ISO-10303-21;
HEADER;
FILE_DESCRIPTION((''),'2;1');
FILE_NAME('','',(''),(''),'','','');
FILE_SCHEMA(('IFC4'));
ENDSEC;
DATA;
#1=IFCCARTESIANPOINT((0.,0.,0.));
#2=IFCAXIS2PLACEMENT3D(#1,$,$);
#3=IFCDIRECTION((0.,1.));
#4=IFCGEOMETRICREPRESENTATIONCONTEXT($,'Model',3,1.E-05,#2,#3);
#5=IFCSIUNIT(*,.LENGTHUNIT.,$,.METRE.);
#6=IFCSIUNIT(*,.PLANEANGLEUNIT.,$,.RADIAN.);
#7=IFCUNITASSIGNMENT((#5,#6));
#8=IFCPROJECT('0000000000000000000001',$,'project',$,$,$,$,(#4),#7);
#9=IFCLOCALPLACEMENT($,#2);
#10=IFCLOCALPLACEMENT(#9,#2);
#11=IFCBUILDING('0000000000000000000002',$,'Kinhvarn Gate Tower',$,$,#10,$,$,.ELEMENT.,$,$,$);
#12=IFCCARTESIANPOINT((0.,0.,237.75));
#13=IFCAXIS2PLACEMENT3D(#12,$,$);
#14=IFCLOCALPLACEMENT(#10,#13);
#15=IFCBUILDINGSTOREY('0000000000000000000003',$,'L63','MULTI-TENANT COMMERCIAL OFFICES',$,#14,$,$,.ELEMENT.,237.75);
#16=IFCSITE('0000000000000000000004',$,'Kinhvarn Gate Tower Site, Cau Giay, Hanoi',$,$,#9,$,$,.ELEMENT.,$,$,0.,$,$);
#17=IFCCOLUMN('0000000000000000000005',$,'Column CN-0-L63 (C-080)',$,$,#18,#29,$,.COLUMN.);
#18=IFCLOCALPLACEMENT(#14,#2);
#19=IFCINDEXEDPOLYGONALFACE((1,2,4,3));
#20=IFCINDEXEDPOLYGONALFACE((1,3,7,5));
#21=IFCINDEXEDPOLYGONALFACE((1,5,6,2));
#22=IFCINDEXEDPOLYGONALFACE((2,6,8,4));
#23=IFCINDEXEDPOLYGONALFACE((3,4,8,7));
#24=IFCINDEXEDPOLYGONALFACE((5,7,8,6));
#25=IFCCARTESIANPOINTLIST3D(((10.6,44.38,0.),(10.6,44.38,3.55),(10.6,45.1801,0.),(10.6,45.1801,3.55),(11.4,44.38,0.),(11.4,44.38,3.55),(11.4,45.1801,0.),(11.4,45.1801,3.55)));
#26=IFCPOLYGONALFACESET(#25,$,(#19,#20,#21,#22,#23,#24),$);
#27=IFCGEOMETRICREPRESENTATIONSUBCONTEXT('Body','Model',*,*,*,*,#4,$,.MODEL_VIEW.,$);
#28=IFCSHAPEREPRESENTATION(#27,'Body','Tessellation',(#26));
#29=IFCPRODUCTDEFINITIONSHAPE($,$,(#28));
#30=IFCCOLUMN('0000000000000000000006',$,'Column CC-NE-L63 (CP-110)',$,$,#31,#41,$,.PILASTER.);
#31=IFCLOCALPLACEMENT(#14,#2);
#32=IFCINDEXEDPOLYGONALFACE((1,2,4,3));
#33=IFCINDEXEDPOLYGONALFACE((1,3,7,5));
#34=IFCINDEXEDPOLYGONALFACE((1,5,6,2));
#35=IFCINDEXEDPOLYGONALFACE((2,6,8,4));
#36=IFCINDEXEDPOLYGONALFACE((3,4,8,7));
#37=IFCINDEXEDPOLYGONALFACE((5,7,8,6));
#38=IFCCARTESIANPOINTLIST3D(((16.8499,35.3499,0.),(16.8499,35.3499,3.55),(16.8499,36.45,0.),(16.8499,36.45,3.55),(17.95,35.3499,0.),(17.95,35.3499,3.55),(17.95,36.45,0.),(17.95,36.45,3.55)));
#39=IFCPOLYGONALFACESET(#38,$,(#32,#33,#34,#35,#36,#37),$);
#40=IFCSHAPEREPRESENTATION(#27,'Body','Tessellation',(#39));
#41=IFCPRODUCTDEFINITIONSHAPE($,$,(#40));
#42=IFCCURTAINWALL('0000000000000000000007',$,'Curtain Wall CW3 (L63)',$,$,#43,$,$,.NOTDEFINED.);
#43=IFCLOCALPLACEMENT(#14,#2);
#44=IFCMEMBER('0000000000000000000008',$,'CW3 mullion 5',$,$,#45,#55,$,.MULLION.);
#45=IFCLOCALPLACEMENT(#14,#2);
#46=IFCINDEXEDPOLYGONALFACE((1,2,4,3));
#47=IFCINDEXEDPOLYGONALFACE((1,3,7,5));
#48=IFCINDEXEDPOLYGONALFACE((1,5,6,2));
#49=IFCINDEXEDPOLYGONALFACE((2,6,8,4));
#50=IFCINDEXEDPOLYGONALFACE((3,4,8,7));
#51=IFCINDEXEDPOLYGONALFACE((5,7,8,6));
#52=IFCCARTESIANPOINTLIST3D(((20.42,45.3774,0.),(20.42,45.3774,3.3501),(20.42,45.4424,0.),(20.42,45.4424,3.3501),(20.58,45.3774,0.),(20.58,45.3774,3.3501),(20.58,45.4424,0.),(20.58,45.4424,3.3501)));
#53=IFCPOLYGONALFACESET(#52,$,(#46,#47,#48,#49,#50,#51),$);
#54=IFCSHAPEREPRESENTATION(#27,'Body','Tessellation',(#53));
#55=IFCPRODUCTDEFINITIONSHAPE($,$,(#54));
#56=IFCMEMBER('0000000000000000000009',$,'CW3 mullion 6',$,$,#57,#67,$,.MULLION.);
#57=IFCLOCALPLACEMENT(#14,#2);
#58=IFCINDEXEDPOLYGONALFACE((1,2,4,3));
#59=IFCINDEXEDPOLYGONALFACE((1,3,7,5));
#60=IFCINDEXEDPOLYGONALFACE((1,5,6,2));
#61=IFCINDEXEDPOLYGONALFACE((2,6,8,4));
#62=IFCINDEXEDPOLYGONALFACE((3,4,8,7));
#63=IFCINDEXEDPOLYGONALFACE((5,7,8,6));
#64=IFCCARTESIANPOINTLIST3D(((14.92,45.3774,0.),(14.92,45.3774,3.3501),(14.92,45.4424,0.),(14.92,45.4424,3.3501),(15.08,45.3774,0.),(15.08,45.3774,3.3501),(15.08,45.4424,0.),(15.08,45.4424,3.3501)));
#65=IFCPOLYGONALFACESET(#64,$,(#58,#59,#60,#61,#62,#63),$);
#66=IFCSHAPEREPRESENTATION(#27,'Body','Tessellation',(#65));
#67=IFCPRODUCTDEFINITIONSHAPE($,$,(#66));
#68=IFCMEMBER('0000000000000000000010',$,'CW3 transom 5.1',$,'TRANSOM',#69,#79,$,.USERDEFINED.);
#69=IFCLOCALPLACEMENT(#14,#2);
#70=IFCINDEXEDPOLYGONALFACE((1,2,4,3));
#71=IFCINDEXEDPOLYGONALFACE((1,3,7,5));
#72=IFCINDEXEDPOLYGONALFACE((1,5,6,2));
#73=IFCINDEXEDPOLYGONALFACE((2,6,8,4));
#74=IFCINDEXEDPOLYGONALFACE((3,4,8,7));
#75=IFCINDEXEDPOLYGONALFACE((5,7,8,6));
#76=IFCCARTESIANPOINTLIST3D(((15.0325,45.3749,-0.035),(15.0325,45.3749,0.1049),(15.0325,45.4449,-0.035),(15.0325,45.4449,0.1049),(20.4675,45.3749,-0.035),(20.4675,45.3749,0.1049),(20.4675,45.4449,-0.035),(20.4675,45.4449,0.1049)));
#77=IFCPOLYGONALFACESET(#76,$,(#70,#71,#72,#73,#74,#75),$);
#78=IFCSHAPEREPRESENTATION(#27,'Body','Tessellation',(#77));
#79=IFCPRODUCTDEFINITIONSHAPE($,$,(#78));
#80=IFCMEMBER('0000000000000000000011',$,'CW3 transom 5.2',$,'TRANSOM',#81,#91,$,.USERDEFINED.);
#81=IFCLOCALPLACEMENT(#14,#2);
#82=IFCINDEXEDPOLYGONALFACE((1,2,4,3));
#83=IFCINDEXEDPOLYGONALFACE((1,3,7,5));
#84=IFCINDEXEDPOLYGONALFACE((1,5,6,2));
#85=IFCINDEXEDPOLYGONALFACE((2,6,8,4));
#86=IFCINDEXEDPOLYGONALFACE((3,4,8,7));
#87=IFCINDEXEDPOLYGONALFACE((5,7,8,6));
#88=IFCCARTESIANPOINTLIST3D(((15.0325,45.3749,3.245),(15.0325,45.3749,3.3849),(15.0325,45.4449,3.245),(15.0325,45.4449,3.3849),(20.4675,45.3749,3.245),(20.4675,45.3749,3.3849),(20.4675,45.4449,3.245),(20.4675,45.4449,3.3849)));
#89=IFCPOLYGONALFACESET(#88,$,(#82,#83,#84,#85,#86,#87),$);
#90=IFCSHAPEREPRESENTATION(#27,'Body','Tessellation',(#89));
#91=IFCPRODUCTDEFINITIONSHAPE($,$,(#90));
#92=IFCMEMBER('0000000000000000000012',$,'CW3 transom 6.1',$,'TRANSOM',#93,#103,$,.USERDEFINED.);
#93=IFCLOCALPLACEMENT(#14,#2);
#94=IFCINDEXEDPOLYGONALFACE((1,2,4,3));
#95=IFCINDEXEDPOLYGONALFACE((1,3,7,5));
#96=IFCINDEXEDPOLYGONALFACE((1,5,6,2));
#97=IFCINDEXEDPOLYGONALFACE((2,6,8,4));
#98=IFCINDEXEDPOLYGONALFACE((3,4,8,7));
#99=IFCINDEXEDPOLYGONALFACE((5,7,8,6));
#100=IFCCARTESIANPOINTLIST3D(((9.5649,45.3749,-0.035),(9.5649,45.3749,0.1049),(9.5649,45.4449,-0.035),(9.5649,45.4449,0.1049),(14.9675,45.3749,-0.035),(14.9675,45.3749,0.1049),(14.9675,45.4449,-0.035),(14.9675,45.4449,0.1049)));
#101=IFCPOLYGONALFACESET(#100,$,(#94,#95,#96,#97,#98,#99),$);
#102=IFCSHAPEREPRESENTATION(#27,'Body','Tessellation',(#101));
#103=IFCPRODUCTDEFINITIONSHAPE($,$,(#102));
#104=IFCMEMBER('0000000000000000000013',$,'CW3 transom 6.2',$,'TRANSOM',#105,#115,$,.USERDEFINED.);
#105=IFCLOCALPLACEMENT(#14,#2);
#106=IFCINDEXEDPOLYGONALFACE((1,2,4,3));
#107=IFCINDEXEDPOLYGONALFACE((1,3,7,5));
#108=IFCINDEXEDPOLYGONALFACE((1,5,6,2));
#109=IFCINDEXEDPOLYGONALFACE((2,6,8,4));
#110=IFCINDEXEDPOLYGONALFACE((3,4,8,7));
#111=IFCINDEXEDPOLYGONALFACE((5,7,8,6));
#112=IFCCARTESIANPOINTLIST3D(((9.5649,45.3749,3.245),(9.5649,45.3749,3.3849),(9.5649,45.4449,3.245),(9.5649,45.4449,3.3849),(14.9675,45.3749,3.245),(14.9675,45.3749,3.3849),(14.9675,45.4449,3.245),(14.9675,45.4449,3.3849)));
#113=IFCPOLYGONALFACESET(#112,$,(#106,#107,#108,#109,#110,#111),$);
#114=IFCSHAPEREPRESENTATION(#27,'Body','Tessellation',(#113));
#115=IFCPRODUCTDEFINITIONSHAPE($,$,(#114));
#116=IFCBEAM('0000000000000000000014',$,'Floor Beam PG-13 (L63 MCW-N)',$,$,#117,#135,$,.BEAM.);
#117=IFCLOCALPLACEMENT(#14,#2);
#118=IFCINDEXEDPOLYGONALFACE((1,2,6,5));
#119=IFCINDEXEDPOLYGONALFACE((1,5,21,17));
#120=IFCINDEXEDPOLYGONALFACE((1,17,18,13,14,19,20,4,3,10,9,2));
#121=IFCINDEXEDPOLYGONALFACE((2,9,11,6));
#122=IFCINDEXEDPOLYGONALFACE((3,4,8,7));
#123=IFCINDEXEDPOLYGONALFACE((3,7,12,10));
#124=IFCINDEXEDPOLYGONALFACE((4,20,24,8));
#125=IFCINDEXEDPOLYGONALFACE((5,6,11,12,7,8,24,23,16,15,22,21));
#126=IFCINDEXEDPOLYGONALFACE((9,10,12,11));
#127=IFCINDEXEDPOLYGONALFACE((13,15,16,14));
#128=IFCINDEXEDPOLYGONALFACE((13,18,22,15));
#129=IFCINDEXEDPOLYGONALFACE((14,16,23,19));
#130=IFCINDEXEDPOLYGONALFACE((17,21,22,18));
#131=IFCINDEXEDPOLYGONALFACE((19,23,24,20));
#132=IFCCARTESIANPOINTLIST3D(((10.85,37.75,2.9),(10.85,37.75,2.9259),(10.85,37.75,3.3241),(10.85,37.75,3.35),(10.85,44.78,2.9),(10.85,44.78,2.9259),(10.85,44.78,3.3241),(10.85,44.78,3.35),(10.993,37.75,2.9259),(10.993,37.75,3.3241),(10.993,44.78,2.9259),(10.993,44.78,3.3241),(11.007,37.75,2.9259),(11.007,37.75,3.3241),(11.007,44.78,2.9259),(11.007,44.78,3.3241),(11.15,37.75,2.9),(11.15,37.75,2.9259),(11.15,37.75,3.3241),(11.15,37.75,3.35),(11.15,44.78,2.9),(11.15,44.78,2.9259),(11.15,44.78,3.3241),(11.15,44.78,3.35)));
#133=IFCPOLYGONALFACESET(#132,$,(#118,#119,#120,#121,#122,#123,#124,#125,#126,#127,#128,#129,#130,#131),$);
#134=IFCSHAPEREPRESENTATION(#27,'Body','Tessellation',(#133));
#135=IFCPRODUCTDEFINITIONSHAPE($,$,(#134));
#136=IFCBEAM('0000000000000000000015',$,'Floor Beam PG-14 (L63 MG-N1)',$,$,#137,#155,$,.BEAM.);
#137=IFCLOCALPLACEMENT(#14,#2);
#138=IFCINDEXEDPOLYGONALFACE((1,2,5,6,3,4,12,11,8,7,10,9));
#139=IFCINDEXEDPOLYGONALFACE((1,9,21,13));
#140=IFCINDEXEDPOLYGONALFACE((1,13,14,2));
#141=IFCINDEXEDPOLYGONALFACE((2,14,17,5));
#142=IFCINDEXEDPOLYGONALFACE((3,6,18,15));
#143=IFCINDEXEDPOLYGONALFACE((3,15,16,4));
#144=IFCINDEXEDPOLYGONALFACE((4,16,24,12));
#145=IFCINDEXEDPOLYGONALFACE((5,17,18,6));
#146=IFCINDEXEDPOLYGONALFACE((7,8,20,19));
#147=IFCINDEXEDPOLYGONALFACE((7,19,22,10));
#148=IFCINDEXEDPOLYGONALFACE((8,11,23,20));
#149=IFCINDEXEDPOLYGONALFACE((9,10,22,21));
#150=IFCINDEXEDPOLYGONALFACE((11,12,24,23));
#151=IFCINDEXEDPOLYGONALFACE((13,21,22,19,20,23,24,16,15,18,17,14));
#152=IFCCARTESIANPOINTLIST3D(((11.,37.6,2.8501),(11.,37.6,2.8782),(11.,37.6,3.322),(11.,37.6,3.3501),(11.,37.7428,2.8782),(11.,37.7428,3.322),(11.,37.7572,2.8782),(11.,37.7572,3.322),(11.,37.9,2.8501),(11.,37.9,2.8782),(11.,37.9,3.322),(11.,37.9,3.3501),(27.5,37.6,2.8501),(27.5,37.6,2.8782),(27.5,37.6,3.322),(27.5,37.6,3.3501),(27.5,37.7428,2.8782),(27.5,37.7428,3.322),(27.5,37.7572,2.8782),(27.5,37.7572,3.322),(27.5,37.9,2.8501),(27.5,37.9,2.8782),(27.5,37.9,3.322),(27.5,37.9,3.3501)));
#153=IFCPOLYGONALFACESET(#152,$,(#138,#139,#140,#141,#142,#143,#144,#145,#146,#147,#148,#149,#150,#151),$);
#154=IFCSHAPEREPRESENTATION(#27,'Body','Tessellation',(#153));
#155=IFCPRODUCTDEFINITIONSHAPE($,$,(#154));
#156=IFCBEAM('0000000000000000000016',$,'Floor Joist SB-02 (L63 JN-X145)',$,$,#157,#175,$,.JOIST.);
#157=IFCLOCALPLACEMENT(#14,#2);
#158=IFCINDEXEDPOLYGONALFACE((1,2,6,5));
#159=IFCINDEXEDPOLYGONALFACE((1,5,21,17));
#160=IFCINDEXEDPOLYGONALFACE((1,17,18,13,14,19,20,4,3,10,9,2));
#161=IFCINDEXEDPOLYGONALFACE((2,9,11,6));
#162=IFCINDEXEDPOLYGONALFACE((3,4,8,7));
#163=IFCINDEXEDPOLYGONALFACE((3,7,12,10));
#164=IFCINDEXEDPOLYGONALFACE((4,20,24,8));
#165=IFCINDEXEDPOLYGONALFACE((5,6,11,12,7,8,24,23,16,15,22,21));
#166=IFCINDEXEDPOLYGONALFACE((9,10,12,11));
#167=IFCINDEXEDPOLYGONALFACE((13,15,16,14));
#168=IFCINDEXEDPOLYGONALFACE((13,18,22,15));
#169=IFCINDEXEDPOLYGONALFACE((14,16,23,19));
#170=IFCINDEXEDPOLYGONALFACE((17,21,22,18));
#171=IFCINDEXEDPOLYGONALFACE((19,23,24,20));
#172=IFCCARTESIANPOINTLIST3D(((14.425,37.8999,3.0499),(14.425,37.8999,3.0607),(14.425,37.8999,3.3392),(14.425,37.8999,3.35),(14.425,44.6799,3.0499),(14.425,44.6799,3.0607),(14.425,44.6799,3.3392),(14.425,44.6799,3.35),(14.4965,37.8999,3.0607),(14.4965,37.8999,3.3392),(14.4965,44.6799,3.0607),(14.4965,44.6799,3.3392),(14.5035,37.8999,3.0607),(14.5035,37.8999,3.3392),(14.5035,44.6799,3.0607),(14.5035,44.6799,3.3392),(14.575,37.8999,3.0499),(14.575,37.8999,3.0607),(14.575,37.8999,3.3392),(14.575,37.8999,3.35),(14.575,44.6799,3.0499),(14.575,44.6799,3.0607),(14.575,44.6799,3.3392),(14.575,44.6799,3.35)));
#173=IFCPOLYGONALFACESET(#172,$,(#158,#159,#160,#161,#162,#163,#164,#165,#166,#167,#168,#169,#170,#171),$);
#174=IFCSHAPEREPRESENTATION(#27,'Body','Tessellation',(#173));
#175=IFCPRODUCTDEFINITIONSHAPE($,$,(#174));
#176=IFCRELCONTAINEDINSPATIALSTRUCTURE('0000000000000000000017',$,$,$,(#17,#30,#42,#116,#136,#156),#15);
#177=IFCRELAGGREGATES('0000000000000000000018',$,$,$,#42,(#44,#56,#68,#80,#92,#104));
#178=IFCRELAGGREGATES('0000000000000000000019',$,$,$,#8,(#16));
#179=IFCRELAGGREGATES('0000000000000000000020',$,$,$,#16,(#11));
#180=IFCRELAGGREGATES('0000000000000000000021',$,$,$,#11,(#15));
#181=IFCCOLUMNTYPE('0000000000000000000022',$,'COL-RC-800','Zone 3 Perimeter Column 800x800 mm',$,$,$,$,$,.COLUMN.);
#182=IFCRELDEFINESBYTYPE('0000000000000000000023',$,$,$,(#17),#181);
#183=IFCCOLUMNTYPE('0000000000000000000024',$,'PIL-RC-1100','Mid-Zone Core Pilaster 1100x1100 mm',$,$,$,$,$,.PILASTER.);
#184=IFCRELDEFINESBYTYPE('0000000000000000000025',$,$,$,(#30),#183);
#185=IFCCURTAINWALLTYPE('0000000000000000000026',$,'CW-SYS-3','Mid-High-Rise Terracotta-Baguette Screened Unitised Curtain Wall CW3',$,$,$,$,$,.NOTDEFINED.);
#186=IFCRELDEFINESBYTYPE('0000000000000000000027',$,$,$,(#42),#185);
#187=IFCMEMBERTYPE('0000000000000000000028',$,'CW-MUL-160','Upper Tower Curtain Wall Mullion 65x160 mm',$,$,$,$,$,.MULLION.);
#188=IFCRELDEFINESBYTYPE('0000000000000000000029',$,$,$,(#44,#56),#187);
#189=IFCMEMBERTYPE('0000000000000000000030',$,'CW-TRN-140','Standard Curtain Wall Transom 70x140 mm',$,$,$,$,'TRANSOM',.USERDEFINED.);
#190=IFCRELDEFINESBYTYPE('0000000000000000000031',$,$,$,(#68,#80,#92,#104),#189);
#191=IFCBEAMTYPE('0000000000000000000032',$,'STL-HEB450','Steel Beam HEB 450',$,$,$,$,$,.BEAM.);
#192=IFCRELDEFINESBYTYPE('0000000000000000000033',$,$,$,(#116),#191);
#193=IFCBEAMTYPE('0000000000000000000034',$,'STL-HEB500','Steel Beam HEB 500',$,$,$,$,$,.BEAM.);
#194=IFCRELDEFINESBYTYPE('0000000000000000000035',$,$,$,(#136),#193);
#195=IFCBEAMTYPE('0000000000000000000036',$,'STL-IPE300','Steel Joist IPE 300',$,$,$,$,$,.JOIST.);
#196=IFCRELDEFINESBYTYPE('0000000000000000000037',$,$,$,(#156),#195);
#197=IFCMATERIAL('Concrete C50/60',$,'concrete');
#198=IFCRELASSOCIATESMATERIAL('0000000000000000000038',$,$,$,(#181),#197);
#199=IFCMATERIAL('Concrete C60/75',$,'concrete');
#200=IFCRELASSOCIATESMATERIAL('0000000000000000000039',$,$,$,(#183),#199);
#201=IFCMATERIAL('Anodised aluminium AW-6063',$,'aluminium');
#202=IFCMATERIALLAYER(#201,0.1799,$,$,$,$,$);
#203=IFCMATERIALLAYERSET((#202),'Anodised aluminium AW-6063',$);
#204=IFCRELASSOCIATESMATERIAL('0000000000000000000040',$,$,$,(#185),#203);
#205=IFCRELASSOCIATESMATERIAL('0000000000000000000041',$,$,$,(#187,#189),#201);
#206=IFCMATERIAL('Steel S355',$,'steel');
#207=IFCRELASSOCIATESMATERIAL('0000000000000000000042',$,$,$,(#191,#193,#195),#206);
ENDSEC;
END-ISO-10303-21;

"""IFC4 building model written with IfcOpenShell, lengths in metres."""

from ifc_helpers import new_model, si_unit, direction, frame, origin, origin_2d, place, context, subcontext, project, spatial, rectangle, i_section, extrude, material, layer, layer_set, material_profile, profile_set, type_object, element, aggregate, save


model = new_model("IFC4")

# Units and contexts
model_context = context("Model", 3, precision=1e-05, world=origin(), true_north=direction((0.0, 1.0)))
body_context = subcontext(model_context, "Body", "Model", "MODEL_VIEW")
ifc_project = project(units=[si_unit("LENGTHUNIT", "METRE"), si_unit("PLANEANGLEUNIT", "RADIAN")], contexts=[model_context])

# Site, building, storey
site_placement = place(None, origin())
site = spatial("IfcSite", under=ifc_project, at=site_placement, Name="Kinhvarn Gate Tower Site, Cau Giay, Hanoi", CompositionType="ELEMENT", RefElevation=0.0)
building_placement = place(site_placement, origin())
building = spatial("IfcBuilding", under=site, at=building_placement, Name="Kinhvarn Gate Tower", CompositionType="ELEMENT")
storey_placement = place(building_placement, frame((0.0, 0.0, 237.75)))
storey = spatial("IfcBuildingStorey", under=building, at=storey_placement, Name="L63", Description="MULTI-TENANT COMMERCIAL OFFICES", CompositionType="ELEMENT", Elevation=237.75)

# Columns
ifc_material_1 = material(Name="Concrete C50/60", Category="concrete")
ifc_material_profile_1 = material_profile(ifc_material_1, rectangle(XDim=0.8, YDim=0.8, at=origin_2d()), Name="RC 800x800")
ifc_profile_set_1 = profile_set([ifc_material_profile_1], Name="Concrete C50/60")
column_type_1 = type_object("IfcColumnType", Name="COL-RC-800", Description="Zone 3 Perimeter Column 800x800 mm", PredefinedType="COLUMN", material=ifc_profile_set_1)
column_1_placement = place(storey_placement, frame((11.0, 44.78, 0.0), z_axis=(0.0, 0.0, 1.0), x_axis=(1.0, 0.0, 0.0)))
element("IfcColumn", 1, at=column_1_placement, inside=storey, type_object=column_type_1, Name="Column CN-0-L63 (C-080)", PredefinedType="COLUMN", context=body_context, shape_type="SweptSolid", body=[
    extrude(rectangle(XDim=0.8, YDim=0.8, at=origin_2d()), origin(), (0.0, 0.0, 1.0), 3.55),
])
ifc_material_2 = material(Name="Concrete C60/75", Category="concrete")
ifc_material_profile_2 = material_profile(ifc_material_2, rectangle(XDim=1.1001, YDim=1.1001, at=origin_2d()), Name="RC 1100x1100")
ifc_profile_set_2 = profile_set([ifc_material_profile_2], Name="Concrete C60/75")
column_type_2 = type_object("IfcColumnType", Name="PIL-RC-1100", Description="Mid-Zone Core Pilaster 1100x1100 mm", PredefinedType="PILASTER", material=ifc_profile_set_2)
column_2_placement = place(storey_placement, frame((17.3999, 35.8999, 0.0), z_axis=(0.0, 0.0, 1.0), x_axis=(1.0, 0.0, 0.0)))
element("IfcColumn", 2, at=column_2_placement, inside=storey, type_object=column_type_2, Name="Column CC-NE-L63 (CP-110)", PredefinedType="PILASTER", context=body_context, shape_type="SweptSolid", body=[
    extrude(rectangle(XDim=1.1001, YDim=1.1001, at=origin_2d()), origin(), (0.0, 0.0, 1.0), 3.55),
])

# Curtain wall, members
ifc_material_3 = material(Name="Anodised aluminium AW-6063", Category="aluminium")
ifc_layer_1 = layer(ifc_material_3, 0.1799)
ifc_layer_set_1 = layer_set([ifc_layer_1], Name="Anodised aluminium AW-6063")
curtain_wall_type = type_object("IfcCurtainWallType", Name="CW-SYS-3", Description="Mid-High-Rise Terracotta-Baguette Screened Unitised Curtain Wall CW3", PredefinedType="NOTDEFINED", material=ifc_layer_set_1)
curtain_wall_placement = place(storey_placement, origin())
curtain_wall = element("IfcCurtainWall", 3, at=curtain_wall_placement, inside=storey, type_object=curtain_wall_type, Name="Curtain Wall CW3 (L63)", PredefinedType="NOTDEFINED")
ifc_material_profile_3 = material_profile(ifc_material_3, rectangle(XDim=0.0649, YDim=0.1599, at=origin_2d()), Name="ALU 65x160")
ifc_profile_set_3 = profile_set([ifc_material_profile_3], Name="Anodised aluminium AW-6063")
member_type_1 = type_object("IfcMemberType", Name="CW-MUL-160", Description="Upper Tower Curtain Wall Mullion 65x160 mm", PredefinedType="MULLION", material=ifc_profile_set_3)
member_1_placement = place(storey_placement, frame((20.5, 45.4099, 0.0), z_axis=(0.0, 0.0, 1.0), x_axis=(0.0, -1.0, 0.0)))
member_1 = element("IfcMember", 4, at=member_1_placement, type_object=member_type_1, Name="CW3 mullion 5", PredefinedType="MULLION", context=body_context, shape_type="SweptSolid", body=[
    extrude(rectangle(XDim=0.0649, YDim=0.1599, at=origin_2d()), origin(), (0.0, 0.0, 1.0), 3.3501),
])
member_2_placement = place(storey_placement, frame((15.0, 45.4099, 0.0), z_axis=(0.0, 0.0, 1.0), x_axis=(0.0, -1.0, 0.0)))
member_2 = element("IfcMember", 5, at=member_2_placement, type_object=member_type_1, Name="CW3 mullion 6", PredefinedType="MULLION", context=body_context, shape_type="SweptSolid", body=[
    extrude(rectangle(XDim=0.0649, YDim=0.1599, at=origin_2d()), origin(), (0.0, 0.0, 1.0), 3.3501),
])
ifc_material_profile_4 = material_profile(ifc_material_3, rectangle(XDim=0.0701, YDim=0.1399, at=origin_2d()), Name="ALU 70x140")
ifc_profile_set_4 = profile_set([ifc_material_profile_4], Name="Anodised aluminium AW-6063")
member_type_2 = type_object("IfcMemberType", Name="CW-TRN-140", Description="Standard Curtain Wall Transom 70x140 mm", ElementType="TRANSOM", PredefinedType="USERDEFINED", material=ifc_profile_set_4)
member_3_placement = place(storey_placement, frame((20.4675, 45.4099, 0.0349), z_axis=(-1.0, 0.0, 0.0), x_axis=(0.0, -1.0, 0.0)))
member_3 = element("IfcMember", 6, at=member_3_placement, type_object=member_type_2, Name="CW3 transom 5.1", ObjectType="TRANSOM", PredefinedType="USERDEFINED", context=body_context, shape_type="SweptSolid", body=[
    extrude(rectangle(XDim=0.0701, YDim=0.1399, at=origin_2d()), origin(), (0.0, 0.0, 1.0), 5.4351),
])
member_4_placement = place(storey_placement, frame((20.4675, 45.4099, 3.3149), z_axis=(-1.0, 0.0, 0.0), x_axis=(0.0, -1.0, 0.0)))
member_4 = element("IfcMember", 7, at=member_4_placement, type_object=member_type_2, Name="CW3 transom 5.2", ObjectType="TRANSOM", PredefinedType="USERDEFINED", context=body_context, shape_type="SweptSolid", body=[
    extrude(rectangle(XDim=0.0701, YDim=0.1399, at=origin_2d()), origin(), (0.0, 0.0, 1.0), 5.4351),
])
member_5_placement = place(storey_placement, frame((14.9675, 45.4099, 0.0349), z_axis=(-1.0, 0.0, 0.0), x_axis=(0.0, -1.0, 0.0)))
member_5 = element("IfcMember", 8, at=member_5_placement, type_object=member_type_2, Name="CW3 transom 6.1", ObjectType="TRANSOM", PredefinedType="USERDEFINED", context=body_context, shape_type="SweptSolid", body=[
    extrude(rectangle(XDim=0.0701, YDim=0.1399, at=origin_2d()), origin(), (0.0, 0.0, 1.0), 5.4026),
])
member_6_placement = place(storey_placement, frame((14.9675, 45.4099, 3.3149), z_axis=(-1.0, 0.0, 0.0), x_axis=(0.0, -1.0, 0.0)))
member_6 = element("IfcMember", 9, at=member_6_placement, type_object=member_type_2, Name="CW3 transom 6.2", ObjectType="TRANSOM", PredefinedType="USERDEFINED", context=body_context, shape_type="SweptSolid", body=[
    extrude(rectangle(XDim=0.0701, YDim=0.1399, at=origin_2d()), origin(), (0.0, 0.0, 1.0), 5.4026),
])

# Beams
ifc_material_4 = material(Name="Steel S355", Category="steel")
ifc_material_profile_5 = material_profile(ifc_material_4, i_section(OverallWidth=0.3, OverallDepth=0.45, WebThickness=0.0139, FlangeThickness=0.0259, at=origin_2d()), Name="HEB 450")
ifc_profile_set_5 = profile_set([ifc_material_profile_5], Name="Steel S355")
beam_type_1 = type_object("IfcBeamType", Name="STL-HEB450", Description="Steel Beam HEB 450", PredefinedType="BEAM", material=ifc_profile_set_5)
beam_1_placement = place(storey_placement, frame((11.0, 37.75, 3.125), z_axis=(0.0, 1.0, 0.0), x_axis=(-1.0, 0.0, 0.0)))
element("IfcBeam", 10, at=beam_1_placement, inside=storey, type_object=beam_type_1, Name="Floor Beam PG-13 (L63 MCW-N)", PredefinedType="BEAM", context=body_context, shape_type="SweptSolid", body=[
    extrude(i_section(OverallWidth=0.3, OverallDepth=0.45, WebThickness=0.0139, FlangeThickness=0.0259, at=origin_2d()), origin(), (0.0, 0.0, 1.0), 7.03),
])
ifc_material_profile_6 = material_profile(ifc_material_4, i_section(OverallWidth=0.3, OverallDepth=0.5, WebThickness=0.0144, FlangeThickness=0.0281, at=origin_2d()), Name="HEB 500")
ifc_profile_set_6 = profile_set([ifc_material_profile_6], Name="Steel S355")
beam_type_2 = type_object("IfcBeamType", Name="STL-HEB500", Description="Steel Beam HEB 500", PredefinedType="BEAM", material=ifc_profile_set_6)
beam_2_placement = place(storey_placement, frame((11.0, 37.75, 3.1001), z_axis=(1.0, 0.0, 0.0), x_axis=(0.0, 1.0, 0.0)))
element("IfcBeam", 11, at=beam_2_placement, inside=storey, type_object=beam_type_2, Name="Floor Beam PG-14 (L63 MG-N1)", PredefinedType="BEAM", context=body_context, shape_type="SweptSolid", body=[
    extrude(i_section(OverallWidth=0.3, OverallDepth=0.5, WebThickness=0.0144, FlangeThickness=0.0281, at=origin_2d()), origin(), (0.0, 0.0, 1.0), 16.5),
])
ifc_material_profile_7 = material_profile(ifc_material_4, i_section(OverallWidth=0.1499, OverallDepth=0.3, WebThickness=0.0071, FlangeThickness=0.0107, at=origin_2d()), Name="IPE 300")
ifc_profile_set_7 = profile_set([ifc_material_profile_7], Name="Steel S355")
beam_type_3 = type_object("IfcBeamType", Name="STL-IPE300", Description="Steel Joist IPE 300", PredefinedType="JOIST", material=ifc_profile_set_7)
for number, where, z_axis, x_axis, name in (
    (12, (14.5, 37.8999, 3.2), (0.0, 1.0, 0.0), (-1.0, 0.0, 0.0), "Floor Joist SB-02 (L63 JN-X145)"),
):
    element("IfcBeam", number, at=place(storey_placement, frame(where, z_axis=z_axis, x_axis=x_axis)), inside=storey, type_object=beam_type_3, Name=name, PredefinedType="JOIST", context=body_context, shape_type="SweptSolid", body=[
        extrude(i_section(OverallWidth=0.1499, OverallDepth=0.3, WebThickness=0.0071, FlangeThickness=0.0107, at=origin_2d()), origin(), (0.0, 0.0, 1.0), 6.78),
    ])

aggregate(curtain_wall, [member_1, member_2, member_3, member_4, member_5, member_6])

save(model, "model.ifc")
